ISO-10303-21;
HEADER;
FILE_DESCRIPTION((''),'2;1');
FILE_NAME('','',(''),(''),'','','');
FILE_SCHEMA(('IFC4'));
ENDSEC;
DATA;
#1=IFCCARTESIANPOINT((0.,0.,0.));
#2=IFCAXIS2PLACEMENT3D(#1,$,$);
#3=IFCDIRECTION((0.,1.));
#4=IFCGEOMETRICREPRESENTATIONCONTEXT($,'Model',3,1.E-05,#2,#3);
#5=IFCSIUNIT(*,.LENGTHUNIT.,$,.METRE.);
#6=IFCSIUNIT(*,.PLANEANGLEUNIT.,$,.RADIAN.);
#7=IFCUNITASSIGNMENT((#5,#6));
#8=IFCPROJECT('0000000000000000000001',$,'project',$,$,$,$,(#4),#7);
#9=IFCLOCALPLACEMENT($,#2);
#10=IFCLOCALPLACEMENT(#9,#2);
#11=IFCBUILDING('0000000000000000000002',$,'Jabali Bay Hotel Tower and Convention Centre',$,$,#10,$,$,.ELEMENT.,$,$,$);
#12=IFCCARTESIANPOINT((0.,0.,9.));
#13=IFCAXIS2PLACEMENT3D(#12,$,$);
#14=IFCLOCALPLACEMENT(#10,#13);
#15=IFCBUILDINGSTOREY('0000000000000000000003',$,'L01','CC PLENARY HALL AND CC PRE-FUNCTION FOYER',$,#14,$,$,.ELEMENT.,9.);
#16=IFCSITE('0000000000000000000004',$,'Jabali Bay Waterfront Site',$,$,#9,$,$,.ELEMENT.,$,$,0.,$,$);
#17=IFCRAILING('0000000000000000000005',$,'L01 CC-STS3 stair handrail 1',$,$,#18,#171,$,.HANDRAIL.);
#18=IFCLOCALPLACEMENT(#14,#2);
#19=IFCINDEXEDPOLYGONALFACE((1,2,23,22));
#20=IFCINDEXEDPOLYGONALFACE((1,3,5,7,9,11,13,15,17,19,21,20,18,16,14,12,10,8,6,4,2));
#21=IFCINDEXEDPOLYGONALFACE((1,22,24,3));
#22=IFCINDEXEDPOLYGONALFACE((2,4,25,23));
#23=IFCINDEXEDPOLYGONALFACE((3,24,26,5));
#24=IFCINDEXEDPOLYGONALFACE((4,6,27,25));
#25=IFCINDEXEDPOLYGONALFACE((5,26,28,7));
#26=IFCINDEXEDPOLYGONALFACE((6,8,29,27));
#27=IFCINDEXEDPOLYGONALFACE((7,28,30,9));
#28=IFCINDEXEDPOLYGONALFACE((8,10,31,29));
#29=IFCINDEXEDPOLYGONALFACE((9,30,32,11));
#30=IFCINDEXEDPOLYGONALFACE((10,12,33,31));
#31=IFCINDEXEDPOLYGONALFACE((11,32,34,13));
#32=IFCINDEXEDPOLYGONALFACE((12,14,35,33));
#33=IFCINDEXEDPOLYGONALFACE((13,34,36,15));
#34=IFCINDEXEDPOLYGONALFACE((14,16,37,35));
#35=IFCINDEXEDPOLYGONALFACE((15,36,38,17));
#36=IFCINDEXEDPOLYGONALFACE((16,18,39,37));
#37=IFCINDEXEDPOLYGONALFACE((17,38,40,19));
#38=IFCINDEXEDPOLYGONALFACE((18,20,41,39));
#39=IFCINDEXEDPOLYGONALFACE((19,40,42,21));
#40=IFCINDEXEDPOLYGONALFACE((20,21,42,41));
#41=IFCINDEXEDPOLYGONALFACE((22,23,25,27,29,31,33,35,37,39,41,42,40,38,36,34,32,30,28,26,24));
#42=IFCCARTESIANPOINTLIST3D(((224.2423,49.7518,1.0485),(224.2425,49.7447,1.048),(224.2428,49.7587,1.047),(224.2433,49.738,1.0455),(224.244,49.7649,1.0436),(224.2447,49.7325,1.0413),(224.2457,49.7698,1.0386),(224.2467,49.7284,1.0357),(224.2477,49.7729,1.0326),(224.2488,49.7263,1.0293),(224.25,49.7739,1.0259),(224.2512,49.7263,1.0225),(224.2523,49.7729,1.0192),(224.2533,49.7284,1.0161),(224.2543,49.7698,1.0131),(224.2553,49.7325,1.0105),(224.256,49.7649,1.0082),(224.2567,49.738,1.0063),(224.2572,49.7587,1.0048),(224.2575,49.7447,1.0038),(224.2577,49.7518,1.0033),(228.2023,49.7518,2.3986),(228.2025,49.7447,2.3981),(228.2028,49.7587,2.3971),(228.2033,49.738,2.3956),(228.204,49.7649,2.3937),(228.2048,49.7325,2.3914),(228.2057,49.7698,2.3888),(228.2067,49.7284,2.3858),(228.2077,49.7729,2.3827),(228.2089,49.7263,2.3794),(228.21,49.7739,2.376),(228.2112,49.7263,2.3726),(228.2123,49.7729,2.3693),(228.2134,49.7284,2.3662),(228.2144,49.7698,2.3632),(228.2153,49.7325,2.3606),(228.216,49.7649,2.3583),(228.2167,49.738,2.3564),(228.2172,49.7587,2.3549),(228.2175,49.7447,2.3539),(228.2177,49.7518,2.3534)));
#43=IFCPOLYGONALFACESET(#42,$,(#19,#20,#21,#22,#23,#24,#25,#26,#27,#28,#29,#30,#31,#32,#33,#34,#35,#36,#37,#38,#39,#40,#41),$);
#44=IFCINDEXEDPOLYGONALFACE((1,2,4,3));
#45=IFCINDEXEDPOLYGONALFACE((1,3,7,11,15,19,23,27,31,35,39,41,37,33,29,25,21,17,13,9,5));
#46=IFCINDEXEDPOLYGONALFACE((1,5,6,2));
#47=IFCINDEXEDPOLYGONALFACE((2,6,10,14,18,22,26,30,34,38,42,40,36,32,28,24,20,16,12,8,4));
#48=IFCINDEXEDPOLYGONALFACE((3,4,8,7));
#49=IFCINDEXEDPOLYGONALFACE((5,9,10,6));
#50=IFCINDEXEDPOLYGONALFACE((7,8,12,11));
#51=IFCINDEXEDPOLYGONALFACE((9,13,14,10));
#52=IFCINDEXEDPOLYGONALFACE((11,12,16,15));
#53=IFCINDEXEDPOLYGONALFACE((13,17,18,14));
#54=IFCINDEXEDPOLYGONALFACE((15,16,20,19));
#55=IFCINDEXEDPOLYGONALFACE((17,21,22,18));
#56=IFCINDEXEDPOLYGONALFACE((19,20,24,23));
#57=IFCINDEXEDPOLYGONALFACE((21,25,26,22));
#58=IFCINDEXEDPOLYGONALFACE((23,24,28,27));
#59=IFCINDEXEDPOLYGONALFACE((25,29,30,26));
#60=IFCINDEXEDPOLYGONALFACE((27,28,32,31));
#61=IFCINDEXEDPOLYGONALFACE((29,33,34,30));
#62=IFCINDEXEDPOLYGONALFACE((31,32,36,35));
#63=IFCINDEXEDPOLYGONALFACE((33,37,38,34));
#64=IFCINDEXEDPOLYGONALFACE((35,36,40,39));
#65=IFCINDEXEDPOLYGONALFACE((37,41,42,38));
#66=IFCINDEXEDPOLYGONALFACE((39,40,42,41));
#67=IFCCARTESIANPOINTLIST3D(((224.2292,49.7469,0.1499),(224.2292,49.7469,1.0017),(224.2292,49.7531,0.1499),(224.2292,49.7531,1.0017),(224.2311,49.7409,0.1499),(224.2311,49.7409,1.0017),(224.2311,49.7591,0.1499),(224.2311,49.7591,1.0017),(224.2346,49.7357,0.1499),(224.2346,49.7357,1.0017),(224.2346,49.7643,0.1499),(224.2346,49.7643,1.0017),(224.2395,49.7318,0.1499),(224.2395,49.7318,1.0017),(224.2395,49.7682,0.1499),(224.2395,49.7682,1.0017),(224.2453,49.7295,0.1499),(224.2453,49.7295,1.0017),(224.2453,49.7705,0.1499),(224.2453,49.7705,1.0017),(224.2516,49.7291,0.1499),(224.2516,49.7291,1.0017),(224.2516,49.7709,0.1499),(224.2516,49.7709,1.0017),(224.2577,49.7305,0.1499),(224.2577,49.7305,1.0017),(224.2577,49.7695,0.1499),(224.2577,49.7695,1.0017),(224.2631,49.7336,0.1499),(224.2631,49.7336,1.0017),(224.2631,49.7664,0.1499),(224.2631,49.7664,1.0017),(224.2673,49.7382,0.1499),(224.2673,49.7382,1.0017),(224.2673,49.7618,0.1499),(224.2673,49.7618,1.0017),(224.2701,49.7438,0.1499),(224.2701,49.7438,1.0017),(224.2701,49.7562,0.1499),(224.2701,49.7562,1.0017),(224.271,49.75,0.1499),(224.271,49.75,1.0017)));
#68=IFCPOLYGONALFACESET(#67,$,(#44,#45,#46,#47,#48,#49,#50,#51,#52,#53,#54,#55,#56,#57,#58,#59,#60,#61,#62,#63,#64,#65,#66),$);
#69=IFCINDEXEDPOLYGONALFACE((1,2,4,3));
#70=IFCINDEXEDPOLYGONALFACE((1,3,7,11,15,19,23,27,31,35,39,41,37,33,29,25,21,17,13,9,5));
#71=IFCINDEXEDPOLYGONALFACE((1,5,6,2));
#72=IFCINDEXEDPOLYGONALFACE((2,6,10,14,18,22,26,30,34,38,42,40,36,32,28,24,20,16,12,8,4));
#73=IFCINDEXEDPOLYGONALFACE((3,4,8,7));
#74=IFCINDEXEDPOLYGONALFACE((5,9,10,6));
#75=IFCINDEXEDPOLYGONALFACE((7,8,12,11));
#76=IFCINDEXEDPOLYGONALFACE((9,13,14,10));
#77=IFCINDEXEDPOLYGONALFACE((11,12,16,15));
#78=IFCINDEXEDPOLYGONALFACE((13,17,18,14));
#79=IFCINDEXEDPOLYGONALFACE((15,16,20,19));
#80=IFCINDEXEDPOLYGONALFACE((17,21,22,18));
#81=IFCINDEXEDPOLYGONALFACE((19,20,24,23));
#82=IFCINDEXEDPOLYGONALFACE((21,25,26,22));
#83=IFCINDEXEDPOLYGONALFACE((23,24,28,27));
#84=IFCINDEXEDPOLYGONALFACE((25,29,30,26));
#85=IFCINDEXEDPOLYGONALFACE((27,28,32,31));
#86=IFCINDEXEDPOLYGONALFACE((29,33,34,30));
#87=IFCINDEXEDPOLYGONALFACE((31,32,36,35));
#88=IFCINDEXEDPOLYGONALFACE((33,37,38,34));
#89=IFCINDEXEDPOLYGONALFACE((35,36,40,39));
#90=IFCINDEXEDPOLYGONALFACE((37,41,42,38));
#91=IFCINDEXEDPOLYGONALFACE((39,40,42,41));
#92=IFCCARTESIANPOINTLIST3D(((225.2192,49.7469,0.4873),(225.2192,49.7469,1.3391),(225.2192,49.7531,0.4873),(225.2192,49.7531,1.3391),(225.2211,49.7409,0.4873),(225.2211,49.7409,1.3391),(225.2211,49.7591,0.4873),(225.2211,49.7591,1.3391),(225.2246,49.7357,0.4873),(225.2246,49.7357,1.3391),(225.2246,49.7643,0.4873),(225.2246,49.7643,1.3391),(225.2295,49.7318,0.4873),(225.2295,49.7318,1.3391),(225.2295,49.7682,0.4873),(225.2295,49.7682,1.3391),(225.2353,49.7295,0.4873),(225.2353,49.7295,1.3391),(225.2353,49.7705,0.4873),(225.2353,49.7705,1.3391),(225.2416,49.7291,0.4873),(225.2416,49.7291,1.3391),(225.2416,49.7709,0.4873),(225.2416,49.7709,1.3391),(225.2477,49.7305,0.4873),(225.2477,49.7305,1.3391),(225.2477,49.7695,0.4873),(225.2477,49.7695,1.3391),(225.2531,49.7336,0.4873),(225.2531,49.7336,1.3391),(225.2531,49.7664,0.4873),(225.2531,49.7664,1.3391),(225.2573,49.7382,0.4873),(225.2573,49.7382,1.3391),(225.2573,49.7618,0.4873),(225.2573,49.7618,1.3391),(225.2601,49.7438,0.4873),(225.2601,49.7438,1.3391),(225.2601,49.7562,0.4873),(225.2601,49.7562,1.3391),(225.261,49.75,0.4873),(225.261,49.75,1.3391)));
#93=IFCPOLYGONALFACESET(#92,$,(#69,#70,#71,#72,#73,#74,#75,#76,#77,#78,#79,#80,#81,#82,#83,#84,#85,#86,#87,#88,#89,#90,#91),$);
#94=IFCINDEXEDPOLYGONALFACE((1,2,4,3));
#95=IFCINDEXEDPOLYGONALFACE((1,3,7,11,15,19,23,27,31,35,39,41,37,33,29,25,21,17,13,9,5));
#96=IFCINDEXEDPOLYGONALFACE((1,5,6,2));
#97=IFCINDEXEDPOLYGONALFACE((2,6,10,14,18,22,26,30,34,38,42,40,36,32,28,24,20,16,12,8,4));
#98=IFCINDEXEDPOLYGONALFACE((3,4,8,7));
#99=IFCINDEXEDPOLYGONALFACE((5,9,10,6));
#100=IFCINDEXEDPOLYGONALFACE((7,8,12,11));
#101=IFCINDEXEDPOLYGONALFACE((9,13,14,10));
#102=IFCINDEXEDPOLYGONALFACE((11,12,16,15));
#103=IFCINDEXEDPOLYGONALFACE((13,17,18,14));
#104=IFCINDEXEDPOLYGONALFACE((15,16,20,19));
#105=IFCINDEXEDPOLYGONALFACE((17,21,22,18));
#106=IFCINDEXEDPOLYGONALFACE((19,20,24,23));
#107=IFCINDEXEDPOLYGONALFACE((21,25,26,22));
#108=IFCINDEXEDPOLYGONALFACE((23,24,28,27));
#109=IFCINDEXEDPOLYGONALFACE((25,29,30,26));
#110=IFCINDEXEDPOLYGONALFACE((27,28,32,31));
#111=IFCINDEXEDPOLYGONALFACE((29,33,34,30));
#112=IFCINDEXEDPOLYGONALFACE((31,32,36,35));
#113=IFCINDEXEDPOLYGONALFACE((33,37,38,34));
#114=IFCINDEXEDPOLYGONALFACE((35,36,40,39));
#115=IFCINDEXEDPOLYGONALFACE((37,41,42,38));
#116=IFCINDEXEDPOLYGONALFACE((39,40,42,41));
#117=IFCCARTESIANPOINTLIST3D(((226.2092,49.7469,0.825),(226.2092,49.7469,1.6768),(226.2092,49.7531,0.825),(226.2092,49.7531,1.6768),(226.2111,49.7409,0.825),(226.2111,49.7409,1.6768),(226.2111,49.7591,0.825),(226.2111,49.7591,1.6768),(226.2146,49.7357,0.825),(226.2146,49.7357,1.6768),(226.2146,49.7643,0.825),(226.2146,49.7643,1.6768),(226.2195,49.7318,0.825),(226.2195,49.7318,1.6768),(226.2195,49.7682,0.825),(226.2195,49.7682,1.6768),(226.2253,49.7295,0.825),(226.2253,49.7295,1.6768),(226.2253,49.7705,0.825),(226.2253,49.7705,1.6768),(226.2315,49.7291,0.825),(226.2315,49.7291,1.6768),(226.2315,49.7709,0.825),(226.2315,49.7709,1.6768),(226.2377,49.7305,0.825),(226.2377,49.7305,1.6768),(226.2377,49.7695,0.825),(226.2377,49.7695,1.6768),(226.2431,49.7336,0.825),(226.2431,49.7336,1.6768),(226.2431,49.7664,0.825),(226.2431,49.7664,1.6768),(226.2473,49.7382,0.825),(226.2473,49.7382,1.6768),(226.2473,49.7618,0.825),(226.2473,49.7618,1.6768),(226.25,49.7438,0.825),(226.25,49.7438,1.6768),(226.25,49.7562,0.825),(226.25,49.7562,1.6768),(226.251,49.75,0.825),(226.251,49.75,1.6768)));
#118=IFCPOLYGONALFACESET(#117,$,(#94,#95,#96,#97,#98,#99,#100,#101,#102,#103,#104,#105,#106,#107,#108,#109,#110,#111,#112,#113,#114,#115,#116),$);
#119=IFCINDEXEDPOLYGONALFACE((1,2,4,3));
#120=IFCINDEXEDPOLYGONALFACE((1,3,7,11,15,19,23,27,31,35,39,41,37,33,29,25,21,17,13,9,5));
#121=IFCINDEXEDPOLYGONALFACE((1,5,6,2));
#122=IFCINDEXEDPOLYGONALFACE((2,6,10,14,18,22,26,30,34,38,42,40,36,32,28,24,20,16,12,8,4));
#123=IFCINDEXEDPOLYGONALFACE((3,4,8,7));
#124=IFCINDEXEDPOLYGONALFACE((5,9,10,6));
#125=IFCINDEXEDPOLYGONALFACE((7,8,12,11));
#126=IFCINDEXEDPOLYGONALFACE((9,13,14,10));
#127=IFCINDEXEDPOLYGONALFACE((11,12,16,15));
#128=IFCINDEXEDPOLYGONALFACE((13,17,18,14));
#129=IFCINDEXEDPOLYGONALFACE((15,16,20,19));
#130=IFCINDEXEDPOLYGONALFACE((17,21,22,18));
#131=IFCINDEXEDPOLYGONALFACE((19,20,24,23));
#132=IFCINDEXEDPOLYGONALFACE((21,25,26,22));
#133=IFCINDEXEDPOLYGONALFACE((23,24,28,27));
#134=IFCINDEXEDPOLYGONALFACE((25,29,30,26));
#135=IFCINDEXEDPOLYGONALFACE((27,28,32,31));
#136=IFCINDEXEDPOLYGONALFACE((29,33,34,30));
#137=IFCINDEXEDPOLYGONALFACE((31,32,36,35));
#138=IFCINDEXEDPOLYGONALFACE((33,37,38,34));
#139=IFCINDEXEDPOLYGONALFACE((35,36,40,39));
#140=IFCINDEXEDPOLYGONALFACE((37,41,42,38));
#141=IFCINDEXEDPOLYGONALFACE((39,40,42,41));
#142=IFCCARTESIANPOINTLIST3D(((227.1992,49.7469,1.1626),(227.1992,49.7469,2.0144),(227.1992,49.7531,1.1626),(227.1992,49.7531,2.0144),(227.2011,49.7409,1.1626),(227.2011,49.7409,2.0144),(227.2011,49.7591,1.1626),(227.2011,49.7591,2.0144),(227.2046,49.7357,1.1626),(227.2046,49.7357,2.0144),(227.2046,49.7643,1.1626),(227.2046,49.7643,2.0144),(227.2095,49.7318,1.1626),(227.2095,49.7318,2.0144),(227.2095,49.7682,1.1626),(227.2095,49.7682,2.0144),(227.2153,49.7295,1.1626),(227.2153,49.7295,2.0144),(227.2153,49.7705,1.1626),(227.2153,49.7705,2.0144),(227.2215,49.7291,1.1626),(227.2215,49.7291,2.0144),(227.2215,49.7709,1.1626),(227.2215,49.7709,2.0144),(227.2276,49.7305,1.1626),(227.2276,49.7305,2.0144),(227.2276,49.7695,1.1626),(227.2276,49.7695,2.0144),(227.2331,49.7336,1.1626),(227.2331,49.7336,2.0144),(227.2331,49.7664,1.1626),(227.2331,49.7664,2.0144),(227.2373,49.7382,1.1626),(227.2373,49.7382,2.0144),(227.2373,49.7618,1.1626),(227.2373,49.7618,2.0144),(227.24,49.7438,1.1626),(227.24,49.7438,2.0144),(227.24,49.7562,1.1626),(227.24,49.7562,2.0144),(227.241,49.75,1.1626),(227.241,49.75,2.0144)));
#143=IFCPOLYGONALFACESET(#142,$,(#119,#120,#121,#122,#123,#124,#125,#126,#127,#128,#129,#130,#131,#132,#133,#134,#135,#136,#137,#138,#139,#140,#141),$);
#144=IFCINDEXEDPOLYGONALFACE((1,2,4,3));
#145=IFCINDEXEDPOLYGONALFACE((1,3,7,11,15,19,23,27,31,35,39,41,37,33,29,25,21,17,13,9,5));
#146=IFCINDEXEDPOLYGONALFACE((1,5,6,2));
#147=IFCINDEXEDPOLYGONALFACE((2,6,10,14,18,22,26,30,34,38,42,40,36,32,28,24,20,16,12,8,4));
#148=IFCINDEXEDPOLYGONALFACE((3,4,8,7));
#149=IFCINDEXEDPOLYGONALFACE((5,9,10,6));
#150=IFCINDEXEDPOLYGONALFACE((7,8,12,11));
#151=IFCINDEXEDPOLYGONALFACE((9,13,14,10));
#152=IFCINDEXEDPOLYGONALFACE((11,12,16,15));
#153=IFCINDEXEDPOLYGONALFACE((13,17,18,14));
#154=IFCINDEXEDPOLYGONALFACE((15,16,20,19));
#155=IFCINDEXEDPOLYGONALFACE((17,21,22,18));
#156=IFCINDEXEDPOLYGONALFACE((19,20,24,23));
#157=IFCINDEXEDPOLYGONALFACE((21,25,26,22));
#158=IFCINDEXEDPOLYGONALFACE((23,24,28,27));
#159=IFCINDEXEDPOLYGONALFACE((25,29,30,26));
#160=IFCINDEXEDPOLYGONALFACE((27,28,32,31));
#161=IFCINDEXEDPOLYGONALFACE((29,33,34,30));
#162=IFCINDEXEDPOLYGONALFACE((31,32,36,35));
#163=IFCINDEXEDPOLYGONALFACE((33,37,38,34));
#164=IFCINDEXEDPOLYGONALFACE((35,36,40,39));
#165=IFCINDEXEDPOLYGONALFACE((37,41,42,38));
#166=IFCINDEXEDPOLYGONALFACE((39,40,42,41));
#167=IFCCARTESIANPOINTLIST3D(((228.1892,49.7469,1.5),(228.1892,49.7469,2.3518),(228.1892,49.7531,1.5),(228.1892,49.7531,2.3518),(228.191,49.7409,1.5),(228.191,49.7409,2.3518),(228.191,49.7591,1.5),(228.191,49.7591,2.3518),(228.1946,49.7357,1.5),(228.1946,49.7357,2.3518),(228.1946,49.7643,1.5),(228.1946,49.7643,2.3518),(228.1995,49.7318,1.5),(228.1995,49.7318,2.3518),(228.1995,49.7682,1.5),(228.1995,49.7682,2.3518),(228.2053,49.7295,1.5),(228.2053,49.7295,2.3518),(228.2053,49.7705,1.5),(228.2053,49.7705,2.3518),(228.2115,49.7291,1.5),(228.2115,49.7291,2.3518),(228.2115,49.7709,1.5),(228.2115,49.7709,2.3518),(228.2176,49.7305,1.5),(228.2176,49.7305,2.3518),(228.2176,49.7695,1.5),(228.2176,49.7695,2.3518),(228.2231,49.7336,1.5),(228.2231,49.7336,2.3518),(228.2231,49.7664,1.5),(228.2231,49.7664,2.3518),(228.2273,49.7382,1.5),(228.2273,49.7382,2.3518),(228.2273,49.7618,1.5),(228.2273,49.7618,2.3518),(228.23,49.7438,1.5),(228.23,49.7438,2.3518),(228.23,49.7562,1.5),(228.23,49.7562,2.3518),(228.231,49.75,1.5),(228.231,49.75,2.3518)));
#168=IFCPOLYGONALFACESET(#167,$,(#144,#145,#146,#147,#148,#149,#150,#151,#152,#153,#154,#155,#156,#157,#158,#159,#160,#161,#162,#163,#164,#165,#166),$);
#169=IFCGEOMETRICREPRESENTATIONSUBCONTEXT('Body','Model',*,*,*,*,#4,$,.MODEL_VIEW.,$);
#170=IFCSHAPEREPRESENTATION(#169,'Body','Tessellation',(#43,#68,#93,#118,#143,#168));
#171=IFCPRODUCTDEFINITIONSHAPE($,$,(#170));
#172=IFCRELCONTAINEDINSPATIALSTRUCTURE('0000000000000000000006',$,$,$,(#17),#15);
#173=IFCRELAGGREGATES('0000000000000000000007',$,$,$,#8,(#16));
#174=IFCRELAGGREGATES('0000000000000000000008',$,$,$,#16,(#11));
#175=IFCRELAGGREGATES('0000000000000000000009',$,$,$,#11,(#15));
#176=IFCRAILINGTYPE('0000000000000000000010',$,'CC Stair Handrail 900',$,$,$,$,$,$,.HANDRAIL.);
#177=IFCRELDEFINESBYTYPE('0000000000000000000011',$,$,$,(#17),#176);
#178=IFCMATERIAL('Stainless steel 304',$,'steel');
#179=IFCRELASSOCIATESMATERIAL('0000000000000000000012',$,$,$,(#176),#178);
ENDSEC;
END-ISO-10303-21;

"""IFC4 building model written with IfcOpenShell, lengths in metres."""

from ifc_helpers import new_model, si_unit, direction, frame, origin, origin_2d, place, context, subcontext, project, spatial, circle, extrude, material, type_object, element, save


model = new_model("IFC4")

# Units and contexts
model_context = context("Model", 3, precision=1e-05, world=origin(), true_north=direction((0.0, 1.0)))
body_context = subcontext(model_context, "Body", "Model", "MODEL_VIEW")
ifc_project = project(units=[si_unit("LENGTHUNIT", "METRE"), si_unit("PLANEANGLEUNIT", "RADIAN")], contexts=[model_context])

# Site, building, storey
site_placement = place(None, origin())
site = spatial("IfcSite", under=ifc_project, at=site_placement, Name="Jabali Bay Waterfront Site", CompositionType="ELEMENT", RefElevation=0.0)
building_placement = place(site_placement, origin())
building = spatial("IfcBuilding", under=site, at=building_placement, Name="Jabali Bay Hotel Tower and Convention Centre", CompositionType="ELEMENT")
storey_placement = place(building_placement, frame((0.0, 0.0, 9.0)))
storey = spatial("IfcBuildingStorey", under=building, at=storey_placement, Name="L01", Description="CC PLENARY HALL AND CC PRE-FUNCTION FOYER", CompositionType="ELEMENT", Elevation=9.0)

# Railing
ifc_material_1 = material(Name="Stainless steel 304", Category="steel")
railing_type_1 = type_object("IfcRailingType", Name="CC Stair Handrail 900", PredefinedType="HANDRAIL", material=ifc_material_1)
railing_1_placement = place(storey_placement, frame((224.25, 49.75, 0.1499)))
element("IfcRailing", 1, at=railing_1_placement, inside=storey, type_object=railing_type_1, Name="L01 CC-STS3 stair handrail 1", PredefinedType="HANDRAIL", context=body_context, shape_type="SweptSolid", body=[
    extrude(circle(Radius=0.0239, at=origin_2d()), frame((0.0, 0.0, 0.876), z_axis=(0.946502, 0.0, 0.322698), x_axis=(0.0, 1.0, 0.0)), (0.0, 0.0, 1.0), 4.1838),
    extrude(circle(Radius=0.021, at=origin_2d()), origin(), (0.0, 0.0, 1.0), 0.8518),
    extrude(circle(Radius=0.021, at=origin_2d()), frame((0.99, 0.0, 0.3374)), (0.0, 0.0, 1.0), 0.8518),
    extrude(circle(Radius=0.021, at=origin_2d()), frame((1.98, 0.0, 0.675)), (0.0, 0.0, 1.0), 0.8518),
    extrude(circle(Radius=0.021, at=origin_2d()), frame((2.97, 0.0, 1.0127)), (0.0, 0.0, 1.0), 0.8518),
    extrude(circle(Radius=0.021, at=origin_2d()), frame((3.96, 0.0, 1.3501)), (0.0, 0.0, 1.0), 0.8518),
])

save(model, "model.ifc")
